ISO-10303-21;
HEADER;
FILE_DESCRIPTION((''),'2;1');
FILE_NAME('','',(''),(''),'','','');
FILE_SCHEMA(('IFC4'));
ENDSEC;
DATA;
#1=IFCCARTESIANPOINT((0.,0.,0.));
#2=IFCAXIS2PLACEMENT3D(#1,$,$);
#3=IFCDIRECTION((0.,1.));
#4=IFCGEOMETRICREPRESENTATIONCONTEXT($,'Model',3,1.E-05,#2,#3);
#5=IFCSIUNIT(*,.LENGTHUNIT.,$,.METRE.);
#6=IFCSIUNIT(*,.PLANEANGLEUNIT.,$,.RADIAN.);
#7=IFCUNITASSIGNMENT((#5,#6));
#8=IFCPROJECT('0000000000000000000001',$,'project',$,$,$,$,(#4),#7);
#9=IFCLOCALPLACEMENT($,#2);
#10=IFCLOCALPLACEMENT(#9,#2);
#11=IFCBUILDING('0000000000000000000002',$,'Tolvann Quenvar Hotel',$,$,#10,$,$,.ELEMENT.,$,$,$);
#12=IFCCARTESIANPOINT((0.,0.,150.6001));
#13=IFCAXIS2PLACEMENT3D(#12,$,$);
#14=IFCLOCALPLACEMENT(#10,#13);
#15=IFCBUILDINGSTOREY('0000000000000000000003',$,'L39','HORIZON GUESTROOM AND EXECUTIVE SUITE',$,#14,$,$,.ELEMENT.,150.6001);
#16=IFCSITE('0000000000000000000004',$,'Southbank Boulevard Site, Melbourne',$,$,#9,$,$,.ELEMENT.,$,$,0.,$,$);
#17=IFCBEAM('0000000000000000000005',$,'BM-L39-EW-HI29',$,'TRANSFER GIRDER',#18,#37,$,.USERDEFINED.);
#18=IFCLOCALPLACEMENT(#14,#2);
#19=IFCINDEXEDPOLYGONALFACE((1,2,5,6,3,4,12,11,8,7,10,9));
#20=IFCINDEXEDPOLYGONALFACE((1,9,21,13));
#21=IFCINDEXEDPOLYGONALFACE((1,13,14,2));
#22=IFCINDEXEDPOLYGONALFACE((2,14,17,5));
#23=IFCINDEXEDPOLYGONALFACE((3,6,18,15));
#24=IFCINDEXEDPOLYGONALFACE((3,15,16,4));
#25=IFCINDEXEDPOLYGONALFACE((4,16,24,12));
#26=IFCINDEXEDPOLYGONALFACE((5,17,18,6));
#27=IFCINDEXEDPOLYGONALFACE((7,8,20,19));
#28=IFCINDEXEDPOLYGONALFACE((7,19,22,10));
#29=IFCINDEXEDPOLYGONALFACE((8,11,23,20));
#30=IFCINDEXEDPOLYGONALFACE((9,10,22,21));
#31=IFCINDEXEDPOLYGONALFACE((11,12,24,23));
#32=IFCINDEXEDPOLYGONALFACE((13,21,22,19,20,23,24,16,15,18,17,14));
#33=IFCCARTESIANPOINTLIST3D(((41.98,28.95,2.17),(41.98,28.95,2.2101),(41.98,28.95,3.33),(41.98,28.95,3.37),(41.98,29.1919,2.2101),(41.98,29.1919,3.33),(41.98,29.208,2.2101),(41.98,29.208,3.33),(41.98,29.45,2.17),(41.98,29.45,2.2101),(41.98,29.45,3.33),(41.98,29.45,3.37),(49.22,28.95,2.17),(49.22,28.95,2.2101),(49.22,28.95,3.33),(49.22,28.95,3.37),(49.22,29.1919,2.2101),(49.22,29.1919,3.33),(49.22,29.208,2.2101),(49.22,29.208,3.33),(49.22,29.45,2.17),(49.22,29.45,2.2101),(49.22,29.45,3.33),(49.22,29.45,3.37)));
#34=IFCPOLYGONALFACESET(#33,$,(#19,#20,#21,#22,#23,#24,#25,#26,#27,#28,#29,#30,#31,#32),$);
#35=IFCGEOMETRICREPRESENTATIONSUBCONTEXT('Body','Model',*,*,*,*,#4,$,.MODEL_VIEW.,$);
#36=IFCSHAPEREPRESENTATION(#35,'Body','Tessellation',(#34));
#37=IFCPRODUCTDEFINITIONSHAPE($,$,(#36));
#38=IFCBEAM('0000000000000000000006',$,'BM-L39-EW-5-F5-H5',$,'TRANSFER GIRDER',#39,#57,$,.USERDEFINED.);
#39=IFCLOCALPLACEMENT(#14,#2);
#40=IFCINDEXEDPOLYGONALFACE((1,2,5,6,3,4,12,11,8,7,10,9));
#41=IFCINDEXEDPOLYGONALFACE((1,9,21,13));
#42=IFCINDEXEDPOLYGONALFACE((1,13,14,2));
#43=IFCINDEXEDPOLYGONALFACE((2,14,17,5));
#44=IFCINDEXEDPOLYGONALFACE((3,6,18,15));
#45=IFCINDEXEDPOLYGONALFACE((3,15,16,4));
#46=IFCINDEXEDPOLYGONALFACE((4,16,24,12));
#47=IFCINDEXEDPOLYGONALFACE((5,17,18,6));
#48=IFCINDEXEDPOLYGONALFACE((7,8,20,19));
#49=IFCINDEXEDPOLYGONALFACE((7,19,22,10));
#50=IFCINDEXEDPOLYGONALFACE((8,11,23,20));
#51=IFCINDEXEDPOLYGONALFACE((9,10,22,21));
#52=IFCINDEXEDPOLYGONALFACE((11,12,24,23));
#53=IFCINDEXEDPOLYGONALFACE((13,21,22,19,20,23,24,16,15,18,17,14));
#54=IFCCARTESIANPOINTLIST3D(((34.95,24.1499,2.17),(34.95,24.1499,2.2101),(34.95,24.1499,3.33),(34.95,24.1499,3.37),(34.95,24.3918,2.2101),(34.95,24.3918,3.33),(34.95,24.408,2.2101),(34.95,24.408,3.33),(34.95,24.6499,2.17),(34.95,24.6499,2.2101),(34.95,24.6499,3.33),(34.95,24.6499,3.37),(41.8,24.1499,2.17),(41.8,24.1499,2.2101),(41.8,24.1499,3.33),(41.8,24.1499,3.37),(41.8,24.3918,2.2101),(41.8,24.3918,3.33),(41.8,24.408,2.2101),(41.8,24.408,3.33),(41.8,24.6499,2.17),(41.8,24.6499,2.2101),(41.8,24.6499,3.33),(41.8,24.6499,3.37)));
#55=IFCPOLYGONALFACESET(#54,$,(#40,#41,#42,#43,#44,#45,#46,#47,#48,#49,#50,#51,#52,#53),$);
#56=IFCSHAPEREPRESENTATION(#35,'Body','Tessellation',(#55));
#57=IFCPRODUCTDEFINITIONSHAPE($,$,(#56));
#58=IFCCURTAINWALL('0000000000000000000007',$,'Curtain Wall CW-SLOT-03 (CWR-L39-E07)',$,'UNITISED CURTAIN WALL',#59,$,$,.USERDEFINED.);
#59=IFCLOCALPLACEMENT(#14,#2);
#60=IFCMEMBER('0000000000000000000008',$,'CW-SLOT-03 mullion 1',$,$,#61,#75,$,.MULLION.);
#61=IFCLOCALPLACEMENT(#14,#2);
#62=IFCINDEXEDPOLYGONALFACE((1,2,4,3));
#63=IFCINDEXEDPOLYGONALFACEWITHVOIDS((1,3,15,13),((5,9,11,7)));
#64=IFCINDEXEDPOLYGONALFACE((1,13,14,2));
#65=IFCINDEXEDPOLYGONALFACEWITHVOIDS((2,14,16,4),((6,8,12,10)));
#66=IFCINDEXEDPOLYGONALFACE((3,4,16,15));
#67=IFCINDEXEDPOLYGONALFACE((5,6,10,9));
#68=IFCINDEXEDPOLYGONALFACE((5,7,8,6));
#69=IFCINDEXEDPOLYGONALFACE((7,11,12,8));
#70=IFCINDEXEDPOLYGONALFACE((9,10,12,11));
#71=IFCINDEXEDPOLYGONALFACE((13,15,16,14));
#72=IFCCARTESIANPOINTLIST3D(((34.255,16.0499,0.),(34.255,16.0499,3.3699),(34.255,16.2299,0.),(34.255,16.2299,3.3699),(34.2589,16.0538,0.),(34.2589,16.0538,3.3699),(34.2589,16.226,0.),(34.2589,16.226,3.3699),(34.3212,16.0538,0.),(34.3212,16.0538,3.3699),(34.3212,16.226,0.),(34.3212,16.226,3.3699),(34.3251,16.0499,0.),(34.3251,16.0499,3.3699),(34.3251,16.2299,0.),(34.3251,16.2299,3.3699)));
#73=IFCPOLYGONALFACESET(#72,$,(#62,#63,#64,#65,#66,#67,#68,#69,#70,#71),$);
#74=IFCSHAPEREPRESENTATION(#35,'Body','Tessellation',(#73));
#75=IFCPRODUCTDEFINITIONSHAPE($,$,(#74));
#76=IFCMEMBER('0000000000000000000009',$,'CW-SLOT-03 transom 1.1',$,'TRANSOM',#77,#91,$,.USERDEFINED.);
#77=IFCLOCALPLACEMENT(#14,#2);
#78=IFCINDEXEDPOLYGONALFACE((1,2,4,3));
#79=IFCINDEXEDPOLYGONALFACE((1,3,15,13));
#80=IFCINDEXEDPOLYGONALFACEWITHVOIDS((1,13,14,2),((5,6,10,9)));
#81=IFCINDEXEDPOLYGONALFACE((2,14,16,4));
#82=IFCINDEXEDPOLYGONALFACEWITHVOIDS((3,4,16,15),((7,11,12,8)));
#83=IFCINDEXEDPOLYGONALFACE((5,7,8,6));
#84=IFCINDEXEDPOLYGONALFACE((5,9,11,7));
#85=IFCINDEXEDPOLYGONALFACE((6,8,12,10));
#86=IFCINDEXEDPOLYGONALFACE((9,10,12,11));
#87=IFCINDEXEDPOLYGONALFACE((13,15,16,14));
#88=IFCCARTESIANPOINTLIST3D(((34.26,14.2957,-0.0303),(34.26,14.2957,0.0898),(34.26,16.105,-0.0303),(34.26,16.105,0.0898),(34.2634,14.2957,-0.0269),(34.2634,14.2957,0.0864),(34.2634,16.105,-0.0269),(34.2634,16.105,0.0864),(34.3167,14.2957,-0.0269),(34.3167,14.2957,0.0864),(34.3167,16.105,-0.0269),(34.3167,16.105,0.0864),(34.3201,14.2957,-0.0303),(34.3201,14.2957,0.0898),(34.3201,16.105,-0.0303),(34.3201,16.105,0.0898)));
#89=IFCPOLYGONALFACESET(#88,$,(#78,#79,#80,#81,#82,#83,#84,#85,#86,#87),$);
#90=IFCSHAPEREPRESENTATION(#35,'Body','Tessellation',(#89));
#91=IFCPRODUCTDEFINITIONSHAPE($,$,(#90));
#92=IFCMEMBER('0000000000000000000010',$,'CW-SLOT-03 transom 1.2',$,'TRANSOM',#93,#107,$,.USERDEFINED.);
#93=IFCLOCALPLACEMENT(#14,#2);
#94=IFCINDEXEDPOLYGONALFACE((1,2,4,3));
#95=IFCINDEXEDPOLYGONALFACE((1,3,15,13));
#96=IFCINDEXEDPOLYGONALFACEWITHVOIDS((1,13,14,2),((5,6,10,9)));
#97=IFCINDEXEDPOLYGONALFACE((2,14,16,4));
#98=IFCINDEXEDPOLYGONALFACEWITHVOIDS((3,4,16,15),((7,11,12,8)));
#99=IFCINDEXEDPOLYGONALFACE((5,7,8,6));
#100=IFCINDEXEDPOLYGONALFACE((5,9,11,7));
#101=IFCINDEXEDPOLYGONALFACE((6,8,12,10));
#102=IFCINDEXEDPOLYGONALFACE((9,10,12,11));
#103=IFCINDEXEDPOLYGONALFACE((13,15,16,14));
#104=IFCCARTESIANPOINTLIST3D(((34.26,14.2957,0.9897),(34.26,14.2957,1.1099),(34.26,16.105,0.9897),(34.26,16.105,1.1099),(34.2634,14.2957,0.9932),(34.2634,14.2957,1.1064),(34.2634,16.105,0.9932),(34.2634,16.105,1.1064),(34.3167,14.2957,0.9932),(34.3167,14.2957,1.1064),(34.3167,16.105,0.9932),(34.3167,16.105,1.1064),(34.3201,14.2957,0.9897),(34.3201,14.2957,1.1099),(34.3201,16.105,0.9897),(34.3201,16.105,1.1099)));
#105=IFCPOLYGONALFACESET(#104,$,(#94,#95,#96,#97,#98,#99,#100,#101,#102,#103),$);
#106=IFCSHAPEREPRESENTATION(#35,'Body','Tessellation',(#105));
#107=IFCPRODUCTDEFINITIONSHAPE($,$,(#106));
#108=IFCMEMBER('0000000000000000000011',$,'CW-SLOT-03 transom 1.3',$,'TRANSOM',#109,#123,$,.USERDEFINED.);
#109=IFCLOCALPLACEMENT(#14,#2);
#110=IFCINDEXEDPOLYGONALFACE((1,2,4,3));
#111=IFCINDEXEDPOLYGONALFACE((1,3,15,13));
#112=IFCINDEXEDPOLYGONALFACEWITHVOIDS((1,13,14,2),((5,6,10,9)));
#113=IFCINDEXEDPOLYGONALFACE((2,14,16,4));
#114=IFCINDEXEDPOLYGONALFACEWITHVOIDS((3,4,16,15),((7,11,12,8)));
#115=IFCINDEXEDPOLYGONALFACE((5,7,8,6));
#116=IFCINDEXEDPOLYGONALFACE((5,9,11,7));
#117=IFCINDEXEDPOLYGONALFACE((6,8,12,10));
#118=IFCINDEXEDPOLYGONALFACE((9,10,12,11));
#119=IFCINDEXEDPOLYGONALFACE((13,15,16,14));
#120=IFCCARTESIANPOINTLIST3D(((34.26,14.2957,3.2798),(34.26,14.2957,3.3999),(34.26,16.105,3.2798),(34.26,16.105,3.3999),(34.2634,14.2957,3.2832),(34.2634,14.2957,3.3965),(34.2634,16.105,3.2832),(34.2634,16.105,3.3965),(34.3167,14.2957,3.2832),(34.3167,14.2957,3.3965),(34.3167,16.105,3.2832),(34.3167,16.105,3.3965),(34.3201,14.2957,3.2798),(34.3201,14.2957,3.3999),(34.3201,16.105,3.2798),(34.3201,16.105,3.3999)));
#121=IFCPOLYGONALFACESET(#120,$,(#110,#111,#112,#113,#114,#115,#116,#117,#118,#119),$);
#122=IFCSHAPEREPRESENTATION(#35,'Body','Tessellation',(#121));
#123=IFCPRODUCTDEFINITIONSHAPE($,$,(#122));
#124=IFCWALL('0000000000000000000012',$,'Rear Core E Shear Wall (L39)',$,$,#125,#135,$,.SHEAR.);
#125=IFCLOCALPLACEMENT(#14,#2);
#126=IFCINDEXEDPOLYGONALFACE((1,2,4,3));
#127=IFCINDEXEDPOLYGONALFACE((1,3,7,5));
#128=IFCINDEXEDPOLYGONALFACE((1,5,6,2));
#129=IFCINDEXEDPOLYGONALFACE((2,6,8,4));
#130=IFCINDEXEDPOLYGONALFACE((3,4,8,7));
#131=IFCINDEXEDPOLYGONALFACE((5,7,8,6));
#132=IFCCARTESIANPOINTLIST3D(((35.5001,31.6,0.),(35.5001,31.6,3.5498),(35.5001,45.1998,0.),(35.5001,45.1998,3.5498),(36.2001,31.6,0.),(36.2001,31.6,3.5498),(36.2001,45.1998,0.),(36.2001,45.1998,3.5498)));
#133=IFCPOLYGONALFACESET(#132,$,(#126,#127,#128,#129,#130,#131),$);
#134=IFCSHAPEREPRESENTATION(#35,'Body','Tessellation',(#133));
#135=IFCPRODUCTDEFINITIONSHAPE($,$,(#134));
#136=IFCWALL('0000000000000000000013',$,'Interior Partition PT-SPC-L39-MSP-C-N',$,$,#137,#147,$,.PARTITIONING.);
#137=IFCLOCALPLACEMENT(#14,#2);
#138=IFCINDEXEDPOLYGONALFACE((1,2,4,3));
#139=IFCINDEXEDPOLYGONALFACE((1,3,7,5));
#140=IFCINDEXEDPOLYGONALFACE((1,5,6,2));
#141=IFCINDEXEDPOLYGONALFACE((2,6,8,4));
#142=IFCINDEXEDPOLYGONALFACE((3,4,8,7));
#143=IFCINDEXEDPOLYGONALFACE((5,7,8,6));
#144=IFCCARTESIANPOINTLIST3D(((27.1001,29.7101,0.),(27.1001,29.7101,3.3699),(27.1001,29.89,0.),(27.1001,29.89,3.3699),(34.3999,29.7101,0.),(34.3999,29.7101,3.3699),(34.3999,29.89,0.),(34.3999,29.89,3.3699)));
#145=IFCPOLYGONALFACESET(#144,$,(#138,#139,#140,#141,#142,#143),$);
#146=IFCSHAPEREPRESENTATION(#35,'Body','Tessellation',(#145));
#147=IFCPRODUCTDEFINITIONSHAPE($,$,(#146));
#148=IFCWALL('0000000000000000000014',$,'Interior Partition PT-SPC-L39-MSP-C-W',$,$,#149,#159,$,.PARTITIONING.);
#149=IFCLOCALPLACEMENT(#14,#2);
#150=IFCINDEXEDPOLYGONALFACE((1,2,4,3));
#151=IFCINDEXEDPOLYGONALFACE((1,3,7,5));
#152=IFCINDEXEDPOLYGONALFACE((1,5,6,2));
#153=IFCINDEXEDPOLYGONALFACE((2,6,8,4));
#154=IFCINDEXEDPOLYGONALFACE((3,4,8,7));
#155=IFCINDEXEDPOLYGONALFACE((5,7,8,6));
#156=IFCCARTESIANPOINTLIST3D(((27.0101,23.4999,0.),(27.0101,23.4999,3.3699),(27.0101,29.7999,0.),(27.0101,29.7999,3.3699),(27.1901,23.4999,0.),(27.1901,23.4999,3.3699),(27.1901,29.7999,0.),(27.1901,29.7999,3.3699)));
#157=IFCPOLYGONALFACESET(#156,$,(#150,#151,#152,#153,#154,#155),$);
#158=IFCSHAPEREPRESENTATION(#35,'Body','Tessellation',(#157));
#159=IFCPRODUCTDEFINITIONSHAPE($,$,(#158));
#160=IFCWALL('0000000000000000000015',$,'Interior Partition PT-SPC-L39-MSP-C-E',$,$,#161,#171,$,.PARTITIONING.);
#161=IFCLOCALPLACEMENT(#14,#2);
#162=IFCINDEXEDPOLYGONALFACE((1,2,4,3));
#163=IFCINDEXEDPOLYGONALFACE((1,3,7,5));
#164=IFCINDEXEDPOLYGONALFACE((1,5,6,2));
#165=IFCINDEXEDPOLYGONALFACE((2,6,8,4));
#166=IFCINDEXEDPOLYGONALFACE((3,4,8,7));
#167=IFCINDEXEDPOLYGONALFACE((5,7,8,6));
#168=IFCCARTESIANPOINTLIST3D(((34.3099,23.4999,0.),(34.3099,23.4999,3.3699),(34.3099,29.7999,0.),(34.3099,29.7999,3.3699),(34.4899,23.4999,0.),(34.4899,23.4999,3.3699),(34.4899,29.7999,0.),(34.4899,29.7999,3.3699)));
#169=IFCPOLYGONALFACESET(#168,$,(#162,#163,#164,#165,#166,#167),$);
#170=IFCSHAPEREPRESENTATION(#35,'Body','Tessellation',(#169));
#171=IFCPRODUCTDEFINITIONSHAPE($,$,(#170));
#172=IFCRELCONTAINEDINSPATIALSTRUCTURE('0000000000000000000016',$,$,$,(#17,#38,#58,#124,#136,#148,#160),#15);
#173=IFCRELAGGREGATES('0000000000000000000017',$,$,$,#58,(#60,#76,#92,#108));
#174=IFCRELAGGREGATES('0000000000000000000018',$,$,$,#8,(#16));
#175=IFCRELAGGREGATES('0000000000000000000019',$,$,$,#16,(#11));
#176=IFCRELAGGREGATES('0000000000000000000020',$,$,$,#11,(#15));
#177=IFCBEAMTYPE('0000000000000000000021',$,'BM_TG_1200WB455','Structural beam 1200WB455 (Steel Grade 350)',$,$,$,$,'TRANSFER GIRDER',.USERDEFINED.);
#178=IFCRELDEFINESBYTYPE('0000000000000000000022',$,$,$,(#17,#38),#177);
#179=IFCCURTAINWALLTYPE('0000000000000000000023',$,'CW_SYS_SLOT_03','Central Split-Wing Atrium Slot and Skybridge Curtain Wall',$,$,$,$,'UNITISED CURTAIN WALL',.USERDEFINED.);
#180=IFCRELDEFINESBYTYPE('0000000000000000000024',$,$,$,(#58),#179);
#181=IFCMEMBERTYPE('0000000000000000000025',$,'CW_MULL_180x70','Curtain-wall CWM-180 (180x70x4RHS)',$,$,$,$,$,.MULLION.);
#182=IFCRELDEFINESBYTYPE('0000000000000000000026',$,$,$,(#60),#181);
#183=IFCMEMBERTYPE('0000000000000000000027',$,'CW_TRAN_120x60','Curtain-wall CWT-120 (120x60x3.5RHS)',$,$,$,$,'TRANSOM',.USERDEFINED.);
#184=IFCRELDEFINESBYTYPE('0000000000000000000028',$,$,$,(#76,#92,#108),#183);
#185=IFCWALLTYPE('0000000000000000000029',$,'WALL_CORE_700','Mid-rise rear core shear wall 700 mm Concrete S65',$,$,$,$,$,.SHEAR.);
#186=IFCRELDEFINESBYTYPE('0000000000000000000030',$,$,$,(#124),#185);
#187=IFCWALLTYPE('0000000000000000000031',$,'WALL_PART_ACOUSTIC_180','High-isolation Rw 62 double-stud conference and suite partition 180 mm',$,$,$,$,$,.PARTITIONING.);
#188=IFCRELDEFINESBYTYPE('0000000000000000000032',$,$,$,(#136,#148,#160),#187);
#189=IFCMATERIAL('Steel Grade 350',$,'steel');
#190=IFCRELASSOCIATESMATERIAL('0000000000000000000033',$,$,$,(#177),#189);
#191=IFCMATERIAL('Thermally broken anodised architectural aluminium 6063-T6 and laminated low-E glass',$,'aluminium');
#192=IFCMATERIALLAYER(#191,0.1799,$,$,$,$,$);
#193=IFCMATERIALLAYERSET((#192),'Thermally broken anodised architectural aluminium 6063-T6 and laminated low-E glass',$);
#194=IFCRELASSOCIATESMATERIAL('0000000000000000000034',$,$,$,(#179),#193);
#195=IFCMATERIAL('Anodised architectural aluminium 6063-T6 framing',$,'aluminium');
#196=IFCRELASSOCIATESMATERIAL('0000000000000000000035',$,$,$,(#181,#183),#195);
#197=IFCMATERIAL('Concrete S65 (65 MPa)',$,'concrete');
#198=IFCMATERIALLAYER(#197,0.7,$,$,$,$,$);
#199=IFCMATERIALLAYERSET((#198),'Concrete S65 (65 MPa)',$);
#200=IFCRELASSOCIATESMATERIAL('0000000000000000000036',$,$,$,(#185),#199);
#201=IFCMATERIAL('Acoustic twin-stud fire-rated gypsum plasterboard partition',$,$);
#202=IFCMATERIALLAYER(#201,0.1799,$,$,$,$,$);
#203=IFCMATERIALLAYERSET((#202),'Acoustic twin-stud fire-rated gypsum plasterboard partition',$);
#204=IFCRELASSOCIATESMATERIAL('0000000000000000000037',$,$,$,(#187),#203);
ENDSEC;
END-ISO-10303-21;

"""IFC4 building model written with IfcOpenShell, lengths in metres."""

from ifc_helpers import new_model, si_unit, direction, frame, frame_2d, origin, origin_2d, place, context, subcontext, project, spatial, rectangle, hollow_rectangle, i_section, extrude, source, transform, mapped, material, layer, layer_set, material_profile, profile_set, type_object, type_shapes, element, aggregate, save


model = new_model("IFC4")

# Units and contexts
model_context = context("Model", 3, precision=1e-05, world=origin(), true_north=direction((0.0, 1.0)))
body_context = subcontext(model_context, "Body", "Model", "MODEL_VIEW")
ifc_project = project(units=[si_unit("LENGTHUNIT", "METRE"), si_unit("PLANEANGLEUNIT", "RADIAN")], contexts=[model_context])

# Site, building, storey
site_placement = place(None, origin())
site = spatial("IfcSite", under=ifc_project, at=site_placement, Name="Southbank Boulevard Site, Melbourne", CompositionType="ELEMENT", RefElevation=0.0)
building_placement = place(site_placement, origin())
building = spatial("IfcBuilding", under=site, at=building_placement, Name="Tolvann Quenvar Hotel", CompositionType="ELEMENT")
storey_placement = place(building_placement, frame((0.0, 0.0, 150.6001)))
storey = spatial("IfcBuildingStorey", under=building, at=storey_placement, Name="L39", Description="HORIZON GUESTROOM AND EXECUTIVE SUITE", CompositionType="ELEMENT", Elevation=150.6001)

# Shared definitions
ifc_material_1 = material(Name="Steel Grade 350", Category="steel")

# Beams
ifc_material_profile_1 = material_profile(ifc_material_1, i_section(OverallWidth=0.5, OverallDepth=1.2, WebThickness=0.0161, FlangeThickness=0.04, at=origin_2d()), Name="1200WB455")
ifc_profile_set_1 = profile_set([ifc_material_profile_1], Name="Steel Grade 350")
beam_type = type_object("IfcBeamType", Name="BM_TG_1200WB455", Description="Structural beam 1200WB455 (Steel Grade 350)", ElementType="TRANSFER GIRDER", PredefinedType="USERDEFINED", material=ifc_profile_set_1)
shared_shape_1 = source(origin(), body_context, "Body", "SweptSolid", [
    extrude(i_section(OverallWidth=0.5, OverallDepth=1.2, WebThickness=0.0161, FlangeThickness=0.04, at=origin_2d()), origin(), (0.0, 0.0, 1.0), 7.24),
])
beam_1_placement = place(storey_placement, frame((41.98, 29.2, 2.77), z_axis=(1.0, 0.0, 0.0), x_axis=(0.0, 1.0, 0.0)))
element("IfcBeam", 1, at=beam_1_placement, inside=storey, type_object=beam_type, Name="BM-L39-EW-HI29", ObjectType="TRANSFER GIRDER", PredefinedType="USERDEFINED", context=body_context, shape_type="MappedRepresentation", body=[
    mapped(shared_shape_1, transform((0.0, 0.0, 0.0), x_axis=(1.0, 0.0, 0.0), y_axis=(0.0, 1.0, 0.0), z_axis=(0.0, 0.0, 1.0), scale=1.0)),
])
shared_shape_2 = source(origin(), body_context, "Body", "SweptSolid", [
    extrude(i_section(OverallWidth=0.5, OverallDepth=1.2, WebThickness=0.0161, FlangeThickness=0.04, at=origin_2d()), origin(), (0.0, 0.0, 1.0), 6.8501),
])
beam_2_placement = place(storey_placement, frame((34.95, 24.3999, 2.77), z_axis=(1.0, 0.0, 0.0), x_axis=(0.0, 1.0, 0.0)))
element("IfcBeam", 2, at=beam_2_placement, inside=storey, type_object=beam_type, Name="BM-L39-EW-5-F5-H5", ObjectType="TRANSFER GIRDER", PredefinedType="USERDEFINED", context=body_context, shape_type="MappedRepresentation", body=[
    mapped(shared_shape_2, transform((0.0, 0.0, 0.0), x_axis=(1.0, 0.0, 0.0), y_axis=(0.0, 1.0, 0.0), z_axis=(0.0, 0.0, 1.0), scale=1.0)),
])

# Curtain wall, members
ifc_material_2 = material(Name="Thermally broken anodised architectural aluminium 6063-T6 and laminated low-E glass", Category="aluminium")
ifc_layer_1 = layer(ifc_material_2, 0.1799)
ifc_layer_set_1 = layer_set([ifc_layer_1], Name="Thermally broken anodised architectural aluminium 6063-T6 and laminated low-E glass")
curtain_wall_type = type_object("IfcCurtainWallType", Name="CW_SYS_SLOT_03", Description="Central Split-Wing Atrium Slot and Skybridge Curtain Wall", ElementType="UNITISED CURTAIN WALL", PredefinedType="USERDEFINED", material=ifc_layer_set_1)
curtain_wall_placement = place(storey_placement, origin())
curtain_wall = element("IfcCurtainWall", 3, at=curtain_wall_placement, inside=storey, type_object=curtain_wall_type, Name="Curtain Wall CW-SLOT-03 (CWR-L39-E07)", ObjectType="UNITISED CURTAIN WALL", PredefinedType="USERDEFINED")
ifc_material_3 = material(Name="Anodised architectural aluminium 6063-T6 framing", Category="aluminium")
ifc_material_profile_2 = material_profile(ifc_material_3, hollow_rectangle(XDim=0.0701, YDim=0.1799, WallThickness=0.0039, at=origin_2d()), Name="180x70x4RHS")
ifc_profile_set_2 = profile_set([ifc_material_profile_2], Name="Anodised architectural aluminium 6063-T6 framing")
member_type_1 = type_object("IfcMemberType", Name="CW_MULL_180x70", Description="Curtain-wall CWM-180 (180x70x4RHS)", PredefinedType="MULLION", material=ifc_profile_set_2)
shared_shape_3 = source(origin(), body_context, "Body", "SweptSolid", [
    extrude(hollow_rectangle(XDim=0.0701, YDim=0.1799, WallThickness=0.0039, at=origin_2d()), origin(), (0.0, 0.0, 1.0), 3.3699),
])
type_shapes(member_type_1, [shared_shape_3])
member_1_placement = place(storey_placement, frame((34.29, 16.1399, 0.0), z_axis=(0.0, 0.0, 1.0), x_axis=(1.0, 0.0, 0.0)))
member_1 = element("IfcMember", 4, at=member_1_placement, type_object=member_type_1, Name="CW-SLOT-03 mullion 1", PredefinedType="MULLION", context=body_context, shape_type="MappedRepresentation", body=[
    mapped(shared_shape_3, transform((0.0, 0.0, 0.0), x_axis=(1.0, 0.0, 0.0), y_axis=(0.0, 1.0, 0.0), z_axis=(0.0, 0.0, 1.0), scale=1.0)),
])
ifc_material_profile_3 = material_profile(ifc_material_3, hollow_rectangle(XDim=0.0601, YDim=0.1201, WallThickness=0.0034, at=origin_2d()), Name="120x60x3.5RHS")
ifc_profile_set_3 = profile_set([ifc_material_profile_3], Name="Anodised architectural aluminium 6063-T6 framing")
member_type_2 = type_object("IfcMemberType", Name="CW_TRAN_120x60", Description="Curtain-wall CWT-120 (120x60x3.5RHS)", ElementType="TRANSOM", PredefinedType="USERDEFINED", material=ifc_profile_set_3)
shared_shape_4 = source(origin(), body_context, "Body", "SweptSolid", [
    extrude(hollow_rectangle(XDim=0.0601, YDim=0.1201, WallThickness=0.0034, at=origin_2d()), origin(), (0.0, 0.0, 1.0), 1.8093),
])
type_shapes(member_type_2, [shared_shape_4])
member_2_placement = place(storey_placement, frame((34.29, 16.105, 0.0298), z_axis=(0.0, -1.0, 0.0), x_axis=(1.0, 0.0, 0.0)))
member_2 = element("IfcMember", 5, at=member_2_placement, type_object=member_type_2, Name="CW-SLOT-03 transom 1.1", ObjectType="TRANSOM", PredefinedType="USERDEFINED", context=body_context, shape_type="MappedRepresentation", body=[
    mapped(shared_shape_4, transform((0.0, 0.0, 0.0), x_axis=(1.0, 0.0, 0.0), y_axis=(0.0, 1.0, 0.0), z_axis=(0.0, 0.0, 1.0), scale=1.0)),
])
member_3_placement = place(storey_placement, frame((34.29, 16.105, 1.0498), z_axis=(0.0, -1.0, 0.0), x_axis=(1.0, 0.0, 0.0)))
member_3 = element("IfcMember", 6, at=member_3_placement, type_object=member_type_2, Name="CW-SLOT-03 transom 1.2", ObjectType="TRANSOM", PredefinedType="USERDEFINED", context=body_context, shape_type="MappedRepresentation", body=[
    mapped(shared_shape_4, transform((0.0, 0.0, 0.0), x_axis=(1.0, 0.0, 0.0), y_axis=(0.0, 1.0, 0.0), z_axis=(0.0, 0.0, 1.0), scale=1.0)),
])
member_4_placement = place(storey_placement, frame((34.29, 16.105, 3.3398), z_axis=(0.0, -1.0, 0.0), x_axis=(1.0, 0.0, 0.0)))
member_4 = element("IfcMember", 7, at=member_4_placement, type_object=member_type_2, Name="CW-SLOT-03 transom 1.3", ObjectType="TRANSOM", PredefinedType="USERDEFINED", context=body_context, shape_type="MappedRepresentation", body=[
    mapped(shared_shape_4, transform((0.0, 0.0, 0.0), x_axis=(1.0, 0.0, 0.0), y_axis=(0.0, 1.0, 0.0), z_axis=(0.0, 0.0, 1.0), scale=1.0)),
])
aggregate(curtain_wall, [member_1, member_2, member_3, member_4])

# Wall
ifc_material_4 = material(Name="Concrete S65 (65 MPa)", Category="concrete")
ifc_layer_2 = layer(ifc_material_4, 0.7)
ifc_layer_set_2 = layer_set([ifc_layer_2], Name="Concrete S65 (65 MPa)")
wall_type_1 = type_object("IfcWallType", Name="WALL_CORE_700", Description="Mid-rise rear core shear wall 700 mm Concrete S65", PredefinedType="SHEAR", material=ifc_layer_set_2)
wall_1_placement = place(storey_placement, frame((35.8501, 31.6001, 0.0), z_axis=(0.0, 0.0, 1.0), x_axis=(0.0, 1.0, 0.0)))
element("IfcWall", 8, at=wall_1_placement, inside=storey, type_object=wall_type_1, Name="Rear Core E Shear Wall (L39)", PredefinedType="SHEAR", context=body_context, shape_type="SweptSolid", body=[
    extrude(rectangle(XDim=13.5999, YDim=0.7, at=frame_2d((6.7998, 0.0))), origin(), (0.0, 0.0, 1.0), 3.5498),
])

# Shared definitions
ifc_material_5 = material(Name="Acoustic twin-stud fire-rated gypsum plasterboard partition")
ifc_layer_3 = layer(ifc_material_5, 0.1799)
ifc_layer_set_3 = layer_set([ifc_layer_3], Name="Acoustic twin-stud fire-rated gypsum plasterboard partition")
wall_type_2 = type_object("IfcWallType", Name="WALL_PART_ACOUSTIC_180", Description="High-isolation Rw 62 double-stud conference and suite partition 180 mm", PredefinedType="PARTITIONING", material=ifc_layer_set_3)

# Walls
wall_2_placement = place(storey_placement, frame((27.1001, 29.8, 0.0), z_axis=(0.0, 0.0, 1.0), x_axis=(1.0, 0.0, 0.0)))
element("IfcWall", 9, at=wall_2_placement, inside=storey, type_object=wall_type_2, Name="Interior Partition PT-SPC-L39-MSP-C-N", PredefinedType="PARTITIONING", context=body_context, shape_type="SweptSolid", body=[
    extrude(rectangle(XDim=7.2998, YDim=0.1799, at=frame_2d((3.6499, 0.0))), origin(), (0.0, 0.0, 1.0), 3.3699),
])
for number, where, z_axis, x_axis, name in (
    (10, (27.1001, 23.5, 0.0), (0.0, 0.0, 1.0), (0.0, 1.0, 0.0), "Interior Partition PT-SPC-L39-MSP-C-W"),
    (11, (34.3999, 23.5, 0.0), (0.0, 0.0, 1.0), (0.0, 1.0, 0.0), "Interior Partition PT-SPC-L39-MSP-C-E"),
):
    element("IfcWall", number, at=place(storey_placement, frame(where, z_axis=z_axis, x_axis=x_axis)), inside=storey, type_object=wall_type_2, Name=name, PredefinedType="PARTITIONING", context=body_context, shape_type="SweptSolid", body=[
        extrude(rectangle(XDim=6.3, YDim=0.1799, at=frame_2d((3.1499, 0.0))), origin(), (0.0, 0.0, 1.0), 3.3699),
    ])

save(model, "model.ifc")
